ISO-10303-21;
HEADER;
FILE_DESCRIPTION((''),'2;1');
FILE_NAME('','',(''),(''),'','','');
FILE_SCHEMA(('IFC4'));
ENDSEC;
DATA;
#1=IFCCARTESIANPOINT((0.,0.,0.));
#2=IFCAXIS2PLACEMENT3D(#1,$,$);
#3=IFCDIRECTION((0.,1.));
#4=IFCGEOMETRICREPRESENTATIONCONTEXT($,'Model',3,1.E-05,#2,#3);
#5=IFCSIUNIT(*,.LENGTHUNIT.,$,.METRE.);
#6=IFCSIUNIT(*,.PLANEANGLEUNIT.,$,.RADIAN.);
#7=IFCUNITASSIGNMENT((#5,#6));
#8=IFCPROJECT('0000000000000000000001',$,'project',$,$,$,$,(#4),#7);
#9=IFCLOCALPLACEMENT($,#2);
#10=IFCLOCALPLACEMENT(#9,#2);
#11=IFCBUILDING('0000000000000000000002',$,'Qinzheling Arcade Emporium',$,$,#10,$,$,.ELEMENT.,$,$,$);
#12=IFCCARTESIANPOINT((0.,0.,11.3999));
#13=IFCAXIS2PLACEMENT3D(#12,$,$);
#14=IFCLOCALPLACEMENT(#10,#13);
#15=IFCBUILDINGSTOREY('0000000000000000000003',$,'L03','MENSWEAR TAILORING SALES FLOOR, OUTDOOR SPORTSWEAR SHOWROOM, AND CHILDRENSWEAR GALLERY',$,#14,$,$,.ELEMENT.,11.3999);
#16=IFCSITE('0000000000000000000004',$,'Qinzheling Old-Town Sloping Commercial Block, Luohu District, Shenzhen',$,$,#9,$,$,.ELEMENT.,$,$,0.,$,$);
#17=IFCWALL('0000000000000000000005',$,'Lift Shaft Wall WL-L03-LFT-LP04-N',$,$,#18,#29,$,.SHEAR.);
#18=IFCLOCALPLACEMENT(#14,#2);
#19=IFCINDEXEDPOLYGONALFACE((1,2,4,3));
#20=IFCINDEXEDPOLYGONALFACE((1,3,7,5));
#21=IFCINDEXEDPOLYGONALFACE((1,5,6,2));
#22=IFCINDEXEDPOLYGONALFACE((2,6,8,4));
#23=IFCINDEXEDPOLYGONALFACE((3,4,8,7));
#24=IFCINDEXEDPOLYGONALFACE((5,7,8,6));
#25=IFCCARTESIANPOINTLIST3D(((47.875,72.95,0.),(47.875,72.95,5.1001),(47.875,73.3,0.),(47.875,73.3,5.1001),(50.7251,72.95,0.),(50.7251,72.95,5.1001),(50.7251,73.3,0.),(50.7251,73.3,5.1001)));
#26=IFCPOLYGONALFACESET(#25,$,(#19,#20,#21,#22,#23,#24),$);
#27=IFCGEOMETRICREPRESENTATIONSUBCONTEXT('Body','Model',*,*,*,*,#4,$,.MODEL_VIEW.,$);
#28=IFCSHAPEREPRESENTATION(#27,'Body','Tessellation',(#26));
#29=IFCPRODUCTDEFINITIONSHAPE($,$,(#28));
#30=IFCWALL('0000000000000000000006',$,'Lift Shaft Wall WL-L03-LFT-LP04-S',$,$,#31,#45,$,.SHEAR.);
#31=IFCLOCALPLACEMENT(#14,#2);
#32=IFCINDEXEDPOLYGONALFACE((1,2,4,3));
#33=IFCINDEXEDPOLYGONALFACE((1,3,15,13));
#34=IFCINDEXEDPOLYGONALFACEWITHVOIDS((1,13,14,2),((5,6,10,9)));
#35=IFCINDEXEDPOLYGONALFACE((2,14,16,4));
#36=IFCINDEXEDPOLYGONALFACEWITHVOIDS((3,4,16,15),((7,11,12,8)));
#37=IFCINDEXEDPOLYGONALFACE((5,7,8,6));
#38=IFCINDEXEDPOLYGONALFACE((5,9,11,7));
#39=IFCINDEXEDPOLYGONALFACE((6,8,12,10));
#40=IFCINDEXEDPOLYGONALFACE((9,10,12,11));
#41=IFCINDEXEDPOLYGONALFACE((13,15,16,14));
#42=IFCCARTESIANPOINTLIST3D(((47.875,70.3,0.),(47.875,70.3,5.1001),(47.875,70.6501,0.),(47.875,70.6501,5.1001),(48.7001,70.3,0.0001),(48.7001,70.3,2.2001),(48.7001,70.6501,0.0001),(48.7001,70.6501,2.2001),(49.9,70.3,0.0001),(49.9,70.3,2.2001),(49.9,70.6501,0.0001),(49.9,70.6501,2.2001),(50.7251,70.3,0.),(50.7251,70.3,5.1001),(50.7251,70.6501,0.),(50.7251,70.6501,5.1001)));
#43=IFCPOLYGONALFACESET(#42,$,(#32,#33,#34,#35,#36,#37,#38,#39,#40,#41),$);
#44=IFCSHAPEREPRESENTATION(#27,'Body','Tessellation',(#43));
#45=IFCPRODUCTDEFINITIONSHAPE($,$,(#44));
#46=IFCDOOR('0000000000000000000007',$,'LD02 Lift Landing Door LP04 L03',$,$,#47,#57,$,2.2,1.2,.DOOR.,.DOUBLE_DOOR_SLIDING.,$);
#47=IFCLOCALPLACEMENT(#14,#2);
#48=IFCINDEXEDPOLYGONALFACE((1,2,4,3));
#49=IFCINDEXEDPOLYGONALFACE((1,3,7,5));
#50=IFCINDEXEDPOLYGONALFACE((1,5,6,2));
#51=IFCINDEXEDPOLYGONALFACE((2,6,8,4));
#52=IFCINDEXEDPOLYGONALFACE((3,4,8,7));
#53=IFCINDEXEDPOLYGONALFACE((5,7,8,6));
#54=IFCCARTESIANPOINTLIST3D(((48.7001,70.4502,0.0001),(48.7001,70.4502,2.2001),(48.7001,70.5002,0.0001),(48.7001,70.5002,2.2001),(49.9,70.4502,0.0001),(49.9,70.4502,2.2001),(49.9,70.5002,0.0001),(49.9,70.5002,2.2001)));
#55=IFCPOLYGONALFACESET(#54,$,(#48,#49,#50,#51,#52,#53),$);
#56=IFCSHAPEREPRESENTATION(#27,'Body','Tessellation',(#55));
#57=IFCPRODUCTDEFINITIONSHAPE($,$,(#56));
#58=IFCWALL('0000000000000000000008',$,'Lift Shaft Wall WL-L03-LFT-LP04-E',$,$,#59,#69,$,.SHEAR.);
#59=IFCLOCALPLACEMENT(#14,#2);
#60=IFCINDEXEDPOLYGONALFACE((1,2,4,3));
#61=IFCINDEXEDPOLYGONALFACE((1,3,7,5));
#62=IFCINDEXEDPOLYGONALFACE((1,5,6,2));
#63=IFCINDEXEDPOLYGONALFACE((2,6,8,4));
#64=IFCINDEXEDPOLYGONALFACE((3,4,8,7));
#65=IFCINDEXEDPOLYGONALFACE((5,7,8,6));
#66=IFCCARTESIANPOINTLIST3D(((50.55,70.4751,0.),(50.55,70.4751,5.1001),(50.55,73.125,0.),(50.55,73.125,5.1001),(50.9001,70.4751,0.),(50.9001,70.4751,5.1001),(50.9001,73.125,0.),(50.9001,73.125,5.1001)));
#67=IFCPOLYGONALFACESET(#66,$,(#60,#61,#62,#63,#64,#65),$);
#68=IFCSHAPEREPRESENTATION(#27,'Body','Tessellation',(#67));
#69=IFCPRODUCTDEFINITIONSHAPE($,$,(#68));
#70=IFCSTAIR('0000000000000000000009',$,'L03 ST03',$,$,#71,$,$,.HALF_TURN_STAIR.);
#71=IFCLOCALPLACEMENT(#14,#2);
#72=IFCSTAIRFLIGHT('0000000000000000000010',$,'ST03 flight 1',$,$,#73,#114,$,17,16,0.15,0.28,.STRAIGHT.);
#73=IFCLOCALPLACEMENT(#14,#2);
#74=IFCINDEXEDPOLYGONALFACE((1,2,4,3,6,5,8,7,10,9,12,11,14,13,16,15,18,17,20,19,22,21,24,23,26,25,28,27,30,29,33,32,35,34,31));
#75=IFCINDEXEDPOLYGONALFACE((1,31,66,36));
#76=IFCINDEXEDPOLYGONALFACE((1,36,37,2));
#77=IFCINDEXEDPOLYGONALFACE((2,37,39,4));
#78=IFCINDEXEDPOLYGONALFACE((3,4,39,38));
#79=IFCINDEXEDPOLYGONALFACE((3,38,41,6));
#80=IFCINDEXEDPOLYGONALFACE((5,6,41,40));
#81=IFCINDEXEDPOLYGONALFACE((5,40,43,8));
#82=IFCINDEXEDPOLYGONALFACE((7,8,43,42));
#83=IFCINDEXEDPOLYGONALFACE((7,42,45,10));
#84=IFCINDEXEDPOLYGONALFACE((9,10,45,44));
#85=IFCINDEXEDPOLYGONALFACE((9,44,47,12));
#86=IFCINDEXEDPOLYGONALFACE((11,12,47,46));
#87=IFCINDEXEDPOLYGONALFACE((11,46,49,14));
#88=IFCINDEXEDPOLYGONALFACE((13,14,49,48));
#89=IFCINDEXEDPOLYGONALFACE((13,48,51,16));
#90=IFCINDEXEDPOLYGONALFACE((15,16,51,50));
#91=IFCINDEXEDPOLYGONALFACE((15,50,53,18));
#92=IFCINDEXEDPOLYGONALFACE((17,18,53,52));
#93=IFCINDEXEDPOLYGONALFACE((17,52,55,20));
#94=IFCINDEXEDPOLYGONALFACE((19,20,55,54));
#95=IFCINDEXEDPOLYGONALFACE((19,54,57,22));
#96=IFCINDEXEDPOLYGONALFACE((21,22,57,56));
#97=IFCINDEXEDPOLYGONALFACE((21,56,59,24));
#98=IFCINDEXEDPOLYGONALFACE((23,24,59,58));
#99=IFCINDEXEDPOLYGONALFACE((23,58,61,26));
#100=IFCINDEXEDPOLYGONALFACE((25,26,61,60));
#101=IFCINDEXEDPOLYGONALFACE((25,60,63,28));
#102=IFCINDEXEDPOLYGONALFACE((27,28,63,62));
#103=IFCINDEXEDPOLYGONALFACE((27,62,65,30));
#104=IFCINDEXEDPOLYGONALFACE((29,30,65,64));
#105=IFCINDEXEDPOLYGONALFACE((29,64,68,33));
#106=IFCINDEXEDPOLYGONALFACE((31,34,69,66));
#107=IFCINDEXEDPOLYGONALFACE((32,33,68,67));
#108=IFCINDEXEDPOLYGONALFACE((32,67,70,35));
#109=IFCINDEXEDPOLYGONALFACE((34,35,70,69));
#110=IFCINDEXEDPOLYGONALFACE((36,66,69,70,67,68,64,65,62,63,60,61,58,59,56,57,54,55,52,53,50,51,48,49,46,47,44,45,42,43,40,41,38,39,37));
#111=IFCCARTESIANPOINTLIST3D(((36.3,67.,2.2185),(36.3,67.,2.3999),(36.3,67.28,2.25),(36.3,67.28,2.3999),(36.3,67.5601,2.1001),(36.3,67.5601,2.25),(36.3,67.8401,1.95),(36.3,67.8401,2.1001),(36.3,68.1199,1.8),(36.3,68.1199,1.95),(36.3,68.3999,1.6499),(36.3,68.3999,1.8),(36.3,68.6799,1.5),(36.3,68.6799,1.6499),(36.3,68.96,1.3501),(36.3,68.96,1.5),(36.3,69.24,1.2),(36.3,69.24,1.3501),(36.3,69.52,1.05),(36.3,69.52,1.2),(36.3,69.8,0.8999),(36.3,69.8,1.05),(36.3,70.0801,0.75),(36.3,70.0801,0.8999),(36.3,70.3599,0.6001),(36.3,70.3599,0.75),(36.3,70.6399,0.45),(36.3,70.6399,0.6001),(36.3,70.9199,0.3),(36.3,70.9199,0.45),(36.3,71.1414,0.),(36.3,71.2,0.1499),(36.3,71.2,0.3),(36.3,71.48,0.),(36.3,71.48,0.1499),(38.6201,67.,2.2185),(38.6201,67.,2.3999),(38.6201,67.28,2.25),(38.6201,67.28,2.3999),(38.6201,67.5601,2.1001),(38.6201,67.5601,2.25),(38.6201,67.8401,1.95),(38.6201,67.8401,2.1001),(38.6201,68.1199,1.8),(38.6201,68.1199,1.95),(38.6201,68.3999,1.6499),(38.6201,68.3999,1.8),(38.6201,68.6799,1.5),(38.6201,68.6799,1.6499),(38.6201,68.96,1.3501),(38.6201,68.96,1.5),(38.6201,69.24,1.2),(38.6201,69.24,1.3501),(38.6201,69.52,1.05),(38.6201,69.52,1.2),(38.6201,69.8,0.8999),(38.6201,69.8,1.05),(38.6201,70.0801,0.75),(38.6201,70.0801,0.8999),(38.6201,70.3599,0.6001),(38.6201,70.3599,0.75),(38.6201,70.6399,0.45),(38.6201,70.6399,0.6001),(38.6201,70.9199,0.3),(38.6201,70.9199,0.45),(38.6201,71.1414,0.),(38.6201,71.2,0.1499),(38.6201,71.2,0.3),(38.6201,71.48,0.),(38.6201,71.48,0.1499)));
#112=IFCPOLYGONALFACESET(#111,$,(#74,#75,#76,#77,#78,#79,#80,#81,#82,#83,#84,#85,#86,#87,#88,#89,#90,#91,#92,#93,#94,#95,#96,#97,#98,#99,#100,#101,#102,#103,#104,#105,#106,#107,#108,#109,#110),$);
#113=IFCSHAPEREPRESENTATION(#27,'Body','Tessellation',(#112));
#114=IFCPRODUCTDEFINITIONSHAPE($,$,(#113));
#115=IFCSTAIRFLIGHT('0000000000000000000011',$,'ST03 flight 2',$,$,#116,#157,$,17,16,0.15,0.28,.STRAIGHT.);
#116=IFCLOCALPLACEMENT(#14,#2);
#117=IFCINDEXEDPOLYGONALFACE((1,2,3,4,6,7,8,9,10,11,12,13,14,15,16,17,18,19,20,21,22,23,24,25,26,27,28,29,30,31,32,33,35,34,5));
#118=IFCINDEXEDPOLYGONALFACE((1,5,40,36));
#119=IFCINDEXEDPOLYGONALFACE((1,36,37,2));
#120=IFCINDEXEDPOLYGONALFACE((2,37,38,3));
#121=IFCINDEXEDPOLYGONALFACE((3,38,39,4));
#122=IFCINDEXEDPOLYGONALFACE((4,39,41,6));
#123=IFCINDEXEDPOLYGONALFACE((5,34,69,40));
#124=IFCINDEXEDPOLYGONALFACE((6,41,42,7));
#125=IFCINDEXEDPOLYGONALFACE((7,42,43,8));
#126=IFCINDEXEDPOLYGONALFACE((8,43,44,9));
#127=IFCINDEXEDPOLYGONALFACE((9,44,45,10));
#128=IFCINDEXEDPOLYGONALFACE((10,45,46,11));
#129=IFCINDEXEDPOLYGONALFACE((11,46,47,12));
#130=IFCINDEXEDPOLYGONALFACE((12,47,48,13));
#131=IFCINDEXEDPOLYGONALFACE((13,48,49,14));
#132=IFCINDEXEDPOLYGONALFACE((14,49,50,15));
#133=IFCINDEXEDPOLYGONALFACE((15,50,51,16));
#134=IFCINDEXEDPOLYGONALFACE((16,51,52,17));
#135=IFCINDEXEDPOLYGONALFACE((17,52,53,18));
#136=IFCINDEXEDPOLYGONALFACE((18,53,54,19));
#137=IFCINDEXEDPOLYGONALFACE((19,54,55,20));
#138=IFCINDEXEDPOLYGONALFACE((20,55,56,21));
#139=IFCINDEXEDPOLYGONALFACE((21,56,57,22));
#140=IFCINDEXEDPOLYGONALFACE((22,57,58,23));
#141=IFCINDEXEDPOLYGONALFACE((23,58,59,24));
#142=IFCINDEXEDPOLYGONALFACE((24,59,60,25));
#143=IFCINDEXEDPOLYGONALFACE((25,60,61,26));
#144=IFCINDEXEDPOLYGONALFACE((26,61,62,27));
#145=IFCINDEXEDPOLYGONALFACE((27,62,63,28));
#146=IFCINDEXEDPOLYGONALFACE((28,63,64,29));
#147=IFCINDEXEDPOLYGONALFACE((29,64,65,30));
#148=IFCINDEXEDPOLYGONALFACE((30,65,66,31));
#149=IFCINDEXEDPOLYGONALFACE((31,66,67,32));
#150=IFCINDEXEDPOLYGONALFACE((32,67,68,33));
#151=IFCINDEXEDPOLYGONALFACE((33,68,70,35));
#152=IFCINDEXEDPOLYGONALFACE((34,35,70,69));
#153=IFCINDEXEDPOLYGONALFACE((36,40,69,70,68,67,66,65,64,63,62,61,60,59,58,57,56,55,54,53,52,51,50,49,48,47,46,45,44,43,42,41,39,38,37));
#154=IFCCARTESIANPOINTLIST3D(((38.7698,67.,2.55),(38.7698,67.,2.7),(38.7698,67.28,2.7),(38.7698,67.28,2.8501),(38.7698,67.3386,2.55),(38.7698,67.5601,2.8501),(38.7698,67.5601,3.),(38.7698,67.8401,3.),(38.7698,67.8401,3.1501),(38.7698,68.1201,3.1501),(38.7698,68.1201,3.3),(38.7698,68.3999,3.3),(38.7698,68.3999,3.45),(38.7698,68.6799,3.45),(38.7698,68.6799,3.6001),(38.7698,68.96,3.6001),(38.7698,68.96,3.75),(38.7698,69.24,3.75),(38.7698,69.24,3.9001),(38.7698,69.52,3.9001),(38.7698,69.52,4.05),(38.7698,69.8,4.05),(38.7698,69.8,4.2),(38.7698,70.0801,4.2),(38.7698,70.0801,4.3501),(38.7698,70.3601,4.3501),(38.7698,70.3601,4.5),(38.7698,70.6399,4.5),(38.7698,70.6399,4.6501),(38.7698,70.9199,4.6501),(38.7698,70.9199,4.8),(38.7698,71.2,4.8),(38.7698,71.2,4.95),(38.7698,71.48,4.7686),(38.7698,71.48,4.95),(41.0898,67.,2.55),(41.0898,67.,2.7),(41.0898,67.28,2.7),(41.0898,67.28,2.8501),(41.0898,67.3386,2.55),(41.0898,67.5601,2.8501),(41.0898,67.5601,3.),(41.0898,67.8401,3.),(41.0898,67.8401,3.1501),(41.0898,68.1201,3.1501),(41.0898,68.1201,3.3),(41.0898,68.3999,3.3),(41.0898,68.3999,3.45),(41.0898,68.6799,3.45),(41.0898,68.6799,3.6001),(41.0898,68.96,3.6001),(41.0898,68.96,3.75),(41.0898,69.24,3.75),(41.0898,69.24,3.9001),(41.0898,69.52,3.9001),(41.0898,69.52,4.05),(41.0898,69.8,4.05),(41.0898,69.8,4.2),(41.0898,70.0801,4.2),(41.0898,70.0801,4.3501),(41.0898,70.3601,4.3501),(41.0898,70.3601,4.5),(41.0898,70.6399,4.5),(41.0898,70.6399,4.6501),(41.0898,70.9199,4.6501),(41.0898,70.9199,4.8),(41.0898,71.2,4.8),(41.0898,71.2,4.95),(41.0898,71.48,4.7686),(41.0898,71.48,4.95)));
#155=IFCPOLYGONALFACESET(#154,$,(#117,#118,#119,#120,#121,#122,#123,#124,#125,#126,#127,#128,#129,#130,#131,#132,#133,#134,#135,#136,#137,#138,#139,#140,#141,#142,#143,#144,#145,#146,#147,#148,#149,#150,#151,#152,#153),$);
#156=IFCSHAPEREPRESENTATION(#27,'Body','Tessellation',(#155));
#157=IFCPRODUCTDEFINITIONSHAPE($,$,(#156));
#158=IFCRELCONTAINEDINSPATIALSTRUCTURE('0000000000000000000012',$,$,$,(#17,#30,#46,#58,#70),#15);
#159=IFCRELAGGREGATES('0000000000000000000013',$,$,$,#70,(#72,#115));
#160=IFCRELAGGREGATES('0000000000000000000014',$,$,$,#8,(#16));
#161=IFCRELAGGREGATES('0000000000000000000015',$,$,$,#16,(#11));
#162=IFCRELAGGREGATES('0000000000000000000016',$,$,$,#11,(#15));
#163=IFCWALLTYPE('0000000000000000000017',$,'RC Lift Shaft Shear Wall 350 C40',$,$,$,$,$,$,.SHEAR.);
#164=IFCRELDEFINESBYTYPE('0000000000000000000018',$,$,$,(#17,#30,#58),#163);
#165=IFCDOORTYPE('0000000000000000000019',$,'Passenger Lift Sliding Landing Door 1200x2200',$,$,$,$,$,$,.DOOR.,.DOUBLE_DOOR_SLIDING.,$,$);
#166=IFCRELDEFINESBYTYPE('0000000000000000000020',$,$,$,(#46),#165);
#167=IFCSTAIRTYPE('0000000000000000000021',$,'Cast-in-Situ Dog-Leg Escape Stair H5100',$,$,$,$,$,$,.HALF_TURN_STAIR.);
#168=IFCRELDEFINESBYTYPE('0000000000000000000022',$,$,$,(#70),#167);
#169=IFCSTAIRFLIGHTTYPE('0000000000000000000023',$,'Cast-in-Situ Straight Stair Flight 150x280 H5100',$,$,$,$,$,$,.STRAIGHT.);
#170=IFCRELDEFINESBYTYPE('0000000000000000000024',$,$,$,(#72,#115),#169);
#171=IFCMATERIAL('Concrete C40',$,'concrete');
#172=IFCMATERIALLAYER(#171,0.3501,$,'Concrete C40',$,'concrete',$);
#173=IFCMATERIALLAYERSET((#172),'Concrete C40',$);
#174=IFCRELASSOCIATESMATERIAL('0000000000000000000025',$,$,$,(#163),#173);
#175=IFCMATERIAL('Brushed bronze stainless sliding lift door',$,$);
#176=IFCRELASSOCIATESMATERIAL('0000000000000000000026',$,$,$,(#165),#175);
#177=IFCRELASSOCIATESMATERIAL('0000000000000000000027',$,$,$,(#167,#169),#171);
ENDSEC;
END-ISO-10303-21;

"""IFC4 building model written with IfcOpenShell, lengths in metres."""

from ifc_helpers import new_model, si_unit, direction, frame, frame_2d, origin, place, context, subcontext, project, spatial, polyline, rectangle, outline, extrude, material, layer, layer_set, type_object, element, fill, aggregate, save


model = new_model("IFC4")

# Units and contexts
model_context = context("Model", 3, precision=1e-05, world=origin(), true_north=direction((0.0, 1.0)))
body_context = subcontext(model_context, "Body", "Model", "MODEL_VIEW")
ifc_project = project(units=[si_unit("LENGTHUNIT", "METRE"), si_unit("PLANEANGLEUNIT", "RADIAN")], contexts=[model_context])

# Site, building, storey
site_placement = place(None, origin())
site = spatial("IfcSite", under=ifc_project, at=site_placement, Name="Qinzheling Old-Town Sloping Commercial Block, Luohu District, Shenzhen", CompositionType="ELEMENT", RefElevation=0.0)
building_placement = place(site_placement, origin())
building = spatial("IfcBuilding", under=site, at=building_placement, Name="Qinzheling Arcade Emporium", CompositionType="ELEMENT")
storey_placement = place(building_placement, frame((0.0, 0.0, 11.3999)))
storey = spatial("IfcBuildingStorey", under=building, at=storey_placement, Name="L03", Description="MENSWEAR TAILORING SALES FLOOR, OUTDOOR SPORTSWEAR SHOWROOM, AND CHILDRENSWEAR GALLERY", CompositionType="ELEMENT", Elevation=11.3999)

# Shared definitions
ifc_material_1 = material(Name="Concrete C40", Category="concrete")

# Shared definitions
ifc_layer_1 = layer(ifc_material_1, 0.3501, Name="Concrete C40", Category="concrete")
ifc_layer_set_1 = layer_set([ifc_layer_1], Name="Concrete C40")
wall_type_1 = type_object("IfcWallType", Name="RC Lift Shaft Shear Wall 350 C40", PredefinedType="SHEAR", material=ifc_layer_set_1)

# Shared definitions
ifc_material_2 = material(Name="Brushed bronze stainless sliding lift door")
door_type_1 = type_object("IfcDoorType", Name="Passenger Lift Sliding Landing Door 1200x2200", OperationType="DOUBLE_DOOR_SLIDING", PredefinedType="DOOR", material=ifc_material_2)

# Wall
wall_1_placement = place(storey_placement, frame((47.875, 73.125, 0.0), z_axis=(0.0, 0.0, 1.0), x_axis=(1.0, 0.0, 0.0)))
element("IfcWall", 1, at=wall_1_placement, inside=storey, type_object=wall_type_1, Name="Lift Shaft Wall WL-L03-LFT-LP04-N", PredefinedType="SHEAR", context=body_context, shape_type="SweptSolid", body=[
    extrude(rectangle(XDim=2.8501, YDim=0.3501, at=frame_2d((1.425, 0.0))), origin(), (0.0, 0.0, 1.0), 5.1001),
])

# Wall, opening, door
wall_2_placement = place(storey_placement, frame((50.7251, 70.4751, 0.0), z_axis=(0.0, 0.0, 1.0), x_axis=(-1.0, 0.0, 0.0)))
wall_2 = element("IfcWall", 2, at=wall_2_placement, inside=storey, type_object=wall_type_1, Name="Lift Shaft Wall WL-L03-LFT-LP04-S", PredefinedType="SHEAR", context=body_context, shape_type="SweptSolid", body=[
    extrude(rectangle(XDim=2.8501, YDim=0.3501, at=frame_2d((1.425, 0.0))), origin(), (0.0, 0.0, 1.0), 5.1001),
])
opening_1_placement = place(wall_2_placement, frame((0.825, 0.0, 0.0)))
opening_1 = element("IfcOpeningElement", 3, at=opening_1_placement, cuts=wall_2, PredefinedType="OPENING", context=body_context, shape_type="SweptSolid", body=[
    extrude(rectangle(XDim=1.2, YDim=2.2, at=frame_2d((0.6001, 1.1001))), frame((0.0, 0.1851, 0.0), z_axis=(0.0, -1.0, 0.0), x_axis=(1.0, 0.0, 0.0)), (0.0, 0.0, 1.0), 0.3701),
])
door_1_placement = place(opening_1_placement, origin())
door_1 = element("IfcDoor", 4, at=door_1_placement, inside=storey, type_object=door_type_1, Name="LD02 Lift Landing Door LP04 L03", OperationType="DOUBLE_DOOR_SLIDING", OverallHeight=2.2, OverallWidth=1.2, PredefinedType="DOOR", context=body_context, shape_type="SweptSolid", body=[
    extrude(rectangle(XDim=1.2, YDim=2.2, at=frame_2d((0.6001, 1.1001))), frame((0.0, 0.0249, 0.0), z_axis=(0.0, -1.0, 0.0), x_axis=(1.0, 0.0, 0.0)), (0.0, 0.0, 1.0), 0.05),
])
fill(opening_1, door_1)

# Wall
wall_3_placement = place(storey_placement, frame((50.7251, 73.125, 0.0), z_axis=(0.0, 0.0, 1.0), x_axis=(0.0, -1.0, 0.0)))
element("IfcWall", 5, at=wall_3_placement, inside=storey, type_object=wall_type_1, Name="Lift Shaft Wall WL-L03-LFT-LP04-E", PredefinedType="SHEAR", context=body_context, shape_type="SweptSolid", body=[
    extrude(rectangle(XDim=2.6499, YDim=0.3501, at=frame_2d((1.325, 0.0))), origin(), (0.0, 0.0, 1.0), 5.1001),
])

# Stair, stair flights
stair_type = type_object("IfcStairType", Name="Cast-in-Situ Dog-Leg Escape Stair H5100", PredefinedType="HALF_TURN_STAIR", material=ifc_material_1)
stair_placement = place(storey_placement, origin())
stair = element("IfcStair", 6, at=stair_placement, inside=storey, type_object=stair_type, Name="L03 ST03", PredefinedType="HALF_TURN_STAIR")
stair_flight_type = type_object("IfcStairFlightType", Name="Cast-in-Situ Straight Stair Flight 150x280 H5100", PredefinedType="STRAIGHT", material=ifc_material_1)
stair_flight_1_placement = place(storey_placement, frame((37.46, 71.48, 0.0), z_axis=(0.0, 0.0, 1.0), x_axis=(0.0, -1.0, 0.0)))
stair_flight_1 = element("IfcStairFlight", 7, at=stair_flight_1_placement, type_object=stair_flight_type, Name="ST03 flight 1", NumberOfRisers=17, NumberOfTreads=16, PredefinedType="STRAIGHT", RiserHeight=0.15, TreadLength=0.28, context=body_context, shape_type="SweptSolid", body=[
    extrude(outline(polyline([(0.0, 0.0), (0.0, 0.1499), (0.28, 0.1499), (0.28, 0.3), (0.5601, 0.3), (0.5601, 0.45), (0.8401, 0.45), (0.8401, 0.6001), (1.1201, 0.6001), (1.1201, 0.75), (1.3999, 0.75), (1.3999, 0.8999), (1.6799, 0.8999), (1.6799, 1.05), (1.96, 1.05), (1.96, 1.2), (2.24, 1.2), (2.24, 1.3501), (2.52, 1.3501), (2.52, 1.5), (2.8, 1.5), (2.8, 1.6499), (3.0801, 1.6499), (3.0801, 1.8), (3.3601, 1.8), (3.3601, 1.95), (3.6399, 1.95), (3.6399, 2.1001), (3.9199, 2.1001), (3.9199, 2.25), (4.2, 2.25), (4.2, 2.3999), (4.48, 2.3999), (4.48, 2.55), (4.48, 2.2185), (0.3386, 0.0), (0.0, 0.0)])), frame((0.0, 1.1602, 0.0), z_axis=(0.0, -1.0, 0.0), x_axis=(1.0, 0.0, 0.0)), (0.0, 0.0, 1.0), 2.3201),
])
stair_flight_2_placement = place(storey_placement, frame((39.9299, 67.0, 2.55), z_axis=(0.0, 0.0, 1.0), x_axis=(0.0, 1.0, 0.0)))
stair_flight_2 = element("IfcStairFlight", 8, at=stair_flight_2_placement, type_object=stair_flight_type, Name="ST03 flight 2", NumberOfRisers=17, NumberOfTreads=16, PredefinedType="STRAIGHT", RiserHeight=0.15, TreadLength=0.28, context=body_context, shape_type="SweptSolid", body=[
    extrude(outline(polyline([(0.0, 0.0), (0.0, 0.1499), (0.28, 0.1499), (0.28, 0.3), (0.5601, 0.3), (0.5601, 0.45), (0.8401, 0.45), (0.8401, 0.6001), (1.1201, 0.6001), (1.1201, 0.75), (1.3999, 0.75), (1.3999, 0.8999), (1.6799, 0.8999), (1.6799, 1.05), (1.96, 1.05), (1.96, 1.2), (2.24, 1.2), (2.24, 1.3501), (2.52, 1.3501), (2.52, 1.5), (2.8, 1.5), (2.8, 1.6499), (3.0801, 1.6499), (3.0801, 1.8), (3.3601, 1.8), (3.3601, 1.95), (3.6399, 1.95), (3.6399, 2.1001), (3.9199, 2.1001), (3.9199, 2.25), (4.2, 2.25), (4.2, 2.3999), (4.48, 2.3999), (4.48, 2.55), (4.48, 2.2185), (0.3386, 0.0), (0.0, 0.0)])), frame((0.0, 1.1602, 0.0), z_axis=(0.0, -1.0, 0.0), x_axis=(1.0, 0.0, 0.0)), (0.0, 0.0, 1.0), 2.3201),
])
aggregate(stair, [stair_flight_1, stair_flight_2])

save(model, "model.ifc")
